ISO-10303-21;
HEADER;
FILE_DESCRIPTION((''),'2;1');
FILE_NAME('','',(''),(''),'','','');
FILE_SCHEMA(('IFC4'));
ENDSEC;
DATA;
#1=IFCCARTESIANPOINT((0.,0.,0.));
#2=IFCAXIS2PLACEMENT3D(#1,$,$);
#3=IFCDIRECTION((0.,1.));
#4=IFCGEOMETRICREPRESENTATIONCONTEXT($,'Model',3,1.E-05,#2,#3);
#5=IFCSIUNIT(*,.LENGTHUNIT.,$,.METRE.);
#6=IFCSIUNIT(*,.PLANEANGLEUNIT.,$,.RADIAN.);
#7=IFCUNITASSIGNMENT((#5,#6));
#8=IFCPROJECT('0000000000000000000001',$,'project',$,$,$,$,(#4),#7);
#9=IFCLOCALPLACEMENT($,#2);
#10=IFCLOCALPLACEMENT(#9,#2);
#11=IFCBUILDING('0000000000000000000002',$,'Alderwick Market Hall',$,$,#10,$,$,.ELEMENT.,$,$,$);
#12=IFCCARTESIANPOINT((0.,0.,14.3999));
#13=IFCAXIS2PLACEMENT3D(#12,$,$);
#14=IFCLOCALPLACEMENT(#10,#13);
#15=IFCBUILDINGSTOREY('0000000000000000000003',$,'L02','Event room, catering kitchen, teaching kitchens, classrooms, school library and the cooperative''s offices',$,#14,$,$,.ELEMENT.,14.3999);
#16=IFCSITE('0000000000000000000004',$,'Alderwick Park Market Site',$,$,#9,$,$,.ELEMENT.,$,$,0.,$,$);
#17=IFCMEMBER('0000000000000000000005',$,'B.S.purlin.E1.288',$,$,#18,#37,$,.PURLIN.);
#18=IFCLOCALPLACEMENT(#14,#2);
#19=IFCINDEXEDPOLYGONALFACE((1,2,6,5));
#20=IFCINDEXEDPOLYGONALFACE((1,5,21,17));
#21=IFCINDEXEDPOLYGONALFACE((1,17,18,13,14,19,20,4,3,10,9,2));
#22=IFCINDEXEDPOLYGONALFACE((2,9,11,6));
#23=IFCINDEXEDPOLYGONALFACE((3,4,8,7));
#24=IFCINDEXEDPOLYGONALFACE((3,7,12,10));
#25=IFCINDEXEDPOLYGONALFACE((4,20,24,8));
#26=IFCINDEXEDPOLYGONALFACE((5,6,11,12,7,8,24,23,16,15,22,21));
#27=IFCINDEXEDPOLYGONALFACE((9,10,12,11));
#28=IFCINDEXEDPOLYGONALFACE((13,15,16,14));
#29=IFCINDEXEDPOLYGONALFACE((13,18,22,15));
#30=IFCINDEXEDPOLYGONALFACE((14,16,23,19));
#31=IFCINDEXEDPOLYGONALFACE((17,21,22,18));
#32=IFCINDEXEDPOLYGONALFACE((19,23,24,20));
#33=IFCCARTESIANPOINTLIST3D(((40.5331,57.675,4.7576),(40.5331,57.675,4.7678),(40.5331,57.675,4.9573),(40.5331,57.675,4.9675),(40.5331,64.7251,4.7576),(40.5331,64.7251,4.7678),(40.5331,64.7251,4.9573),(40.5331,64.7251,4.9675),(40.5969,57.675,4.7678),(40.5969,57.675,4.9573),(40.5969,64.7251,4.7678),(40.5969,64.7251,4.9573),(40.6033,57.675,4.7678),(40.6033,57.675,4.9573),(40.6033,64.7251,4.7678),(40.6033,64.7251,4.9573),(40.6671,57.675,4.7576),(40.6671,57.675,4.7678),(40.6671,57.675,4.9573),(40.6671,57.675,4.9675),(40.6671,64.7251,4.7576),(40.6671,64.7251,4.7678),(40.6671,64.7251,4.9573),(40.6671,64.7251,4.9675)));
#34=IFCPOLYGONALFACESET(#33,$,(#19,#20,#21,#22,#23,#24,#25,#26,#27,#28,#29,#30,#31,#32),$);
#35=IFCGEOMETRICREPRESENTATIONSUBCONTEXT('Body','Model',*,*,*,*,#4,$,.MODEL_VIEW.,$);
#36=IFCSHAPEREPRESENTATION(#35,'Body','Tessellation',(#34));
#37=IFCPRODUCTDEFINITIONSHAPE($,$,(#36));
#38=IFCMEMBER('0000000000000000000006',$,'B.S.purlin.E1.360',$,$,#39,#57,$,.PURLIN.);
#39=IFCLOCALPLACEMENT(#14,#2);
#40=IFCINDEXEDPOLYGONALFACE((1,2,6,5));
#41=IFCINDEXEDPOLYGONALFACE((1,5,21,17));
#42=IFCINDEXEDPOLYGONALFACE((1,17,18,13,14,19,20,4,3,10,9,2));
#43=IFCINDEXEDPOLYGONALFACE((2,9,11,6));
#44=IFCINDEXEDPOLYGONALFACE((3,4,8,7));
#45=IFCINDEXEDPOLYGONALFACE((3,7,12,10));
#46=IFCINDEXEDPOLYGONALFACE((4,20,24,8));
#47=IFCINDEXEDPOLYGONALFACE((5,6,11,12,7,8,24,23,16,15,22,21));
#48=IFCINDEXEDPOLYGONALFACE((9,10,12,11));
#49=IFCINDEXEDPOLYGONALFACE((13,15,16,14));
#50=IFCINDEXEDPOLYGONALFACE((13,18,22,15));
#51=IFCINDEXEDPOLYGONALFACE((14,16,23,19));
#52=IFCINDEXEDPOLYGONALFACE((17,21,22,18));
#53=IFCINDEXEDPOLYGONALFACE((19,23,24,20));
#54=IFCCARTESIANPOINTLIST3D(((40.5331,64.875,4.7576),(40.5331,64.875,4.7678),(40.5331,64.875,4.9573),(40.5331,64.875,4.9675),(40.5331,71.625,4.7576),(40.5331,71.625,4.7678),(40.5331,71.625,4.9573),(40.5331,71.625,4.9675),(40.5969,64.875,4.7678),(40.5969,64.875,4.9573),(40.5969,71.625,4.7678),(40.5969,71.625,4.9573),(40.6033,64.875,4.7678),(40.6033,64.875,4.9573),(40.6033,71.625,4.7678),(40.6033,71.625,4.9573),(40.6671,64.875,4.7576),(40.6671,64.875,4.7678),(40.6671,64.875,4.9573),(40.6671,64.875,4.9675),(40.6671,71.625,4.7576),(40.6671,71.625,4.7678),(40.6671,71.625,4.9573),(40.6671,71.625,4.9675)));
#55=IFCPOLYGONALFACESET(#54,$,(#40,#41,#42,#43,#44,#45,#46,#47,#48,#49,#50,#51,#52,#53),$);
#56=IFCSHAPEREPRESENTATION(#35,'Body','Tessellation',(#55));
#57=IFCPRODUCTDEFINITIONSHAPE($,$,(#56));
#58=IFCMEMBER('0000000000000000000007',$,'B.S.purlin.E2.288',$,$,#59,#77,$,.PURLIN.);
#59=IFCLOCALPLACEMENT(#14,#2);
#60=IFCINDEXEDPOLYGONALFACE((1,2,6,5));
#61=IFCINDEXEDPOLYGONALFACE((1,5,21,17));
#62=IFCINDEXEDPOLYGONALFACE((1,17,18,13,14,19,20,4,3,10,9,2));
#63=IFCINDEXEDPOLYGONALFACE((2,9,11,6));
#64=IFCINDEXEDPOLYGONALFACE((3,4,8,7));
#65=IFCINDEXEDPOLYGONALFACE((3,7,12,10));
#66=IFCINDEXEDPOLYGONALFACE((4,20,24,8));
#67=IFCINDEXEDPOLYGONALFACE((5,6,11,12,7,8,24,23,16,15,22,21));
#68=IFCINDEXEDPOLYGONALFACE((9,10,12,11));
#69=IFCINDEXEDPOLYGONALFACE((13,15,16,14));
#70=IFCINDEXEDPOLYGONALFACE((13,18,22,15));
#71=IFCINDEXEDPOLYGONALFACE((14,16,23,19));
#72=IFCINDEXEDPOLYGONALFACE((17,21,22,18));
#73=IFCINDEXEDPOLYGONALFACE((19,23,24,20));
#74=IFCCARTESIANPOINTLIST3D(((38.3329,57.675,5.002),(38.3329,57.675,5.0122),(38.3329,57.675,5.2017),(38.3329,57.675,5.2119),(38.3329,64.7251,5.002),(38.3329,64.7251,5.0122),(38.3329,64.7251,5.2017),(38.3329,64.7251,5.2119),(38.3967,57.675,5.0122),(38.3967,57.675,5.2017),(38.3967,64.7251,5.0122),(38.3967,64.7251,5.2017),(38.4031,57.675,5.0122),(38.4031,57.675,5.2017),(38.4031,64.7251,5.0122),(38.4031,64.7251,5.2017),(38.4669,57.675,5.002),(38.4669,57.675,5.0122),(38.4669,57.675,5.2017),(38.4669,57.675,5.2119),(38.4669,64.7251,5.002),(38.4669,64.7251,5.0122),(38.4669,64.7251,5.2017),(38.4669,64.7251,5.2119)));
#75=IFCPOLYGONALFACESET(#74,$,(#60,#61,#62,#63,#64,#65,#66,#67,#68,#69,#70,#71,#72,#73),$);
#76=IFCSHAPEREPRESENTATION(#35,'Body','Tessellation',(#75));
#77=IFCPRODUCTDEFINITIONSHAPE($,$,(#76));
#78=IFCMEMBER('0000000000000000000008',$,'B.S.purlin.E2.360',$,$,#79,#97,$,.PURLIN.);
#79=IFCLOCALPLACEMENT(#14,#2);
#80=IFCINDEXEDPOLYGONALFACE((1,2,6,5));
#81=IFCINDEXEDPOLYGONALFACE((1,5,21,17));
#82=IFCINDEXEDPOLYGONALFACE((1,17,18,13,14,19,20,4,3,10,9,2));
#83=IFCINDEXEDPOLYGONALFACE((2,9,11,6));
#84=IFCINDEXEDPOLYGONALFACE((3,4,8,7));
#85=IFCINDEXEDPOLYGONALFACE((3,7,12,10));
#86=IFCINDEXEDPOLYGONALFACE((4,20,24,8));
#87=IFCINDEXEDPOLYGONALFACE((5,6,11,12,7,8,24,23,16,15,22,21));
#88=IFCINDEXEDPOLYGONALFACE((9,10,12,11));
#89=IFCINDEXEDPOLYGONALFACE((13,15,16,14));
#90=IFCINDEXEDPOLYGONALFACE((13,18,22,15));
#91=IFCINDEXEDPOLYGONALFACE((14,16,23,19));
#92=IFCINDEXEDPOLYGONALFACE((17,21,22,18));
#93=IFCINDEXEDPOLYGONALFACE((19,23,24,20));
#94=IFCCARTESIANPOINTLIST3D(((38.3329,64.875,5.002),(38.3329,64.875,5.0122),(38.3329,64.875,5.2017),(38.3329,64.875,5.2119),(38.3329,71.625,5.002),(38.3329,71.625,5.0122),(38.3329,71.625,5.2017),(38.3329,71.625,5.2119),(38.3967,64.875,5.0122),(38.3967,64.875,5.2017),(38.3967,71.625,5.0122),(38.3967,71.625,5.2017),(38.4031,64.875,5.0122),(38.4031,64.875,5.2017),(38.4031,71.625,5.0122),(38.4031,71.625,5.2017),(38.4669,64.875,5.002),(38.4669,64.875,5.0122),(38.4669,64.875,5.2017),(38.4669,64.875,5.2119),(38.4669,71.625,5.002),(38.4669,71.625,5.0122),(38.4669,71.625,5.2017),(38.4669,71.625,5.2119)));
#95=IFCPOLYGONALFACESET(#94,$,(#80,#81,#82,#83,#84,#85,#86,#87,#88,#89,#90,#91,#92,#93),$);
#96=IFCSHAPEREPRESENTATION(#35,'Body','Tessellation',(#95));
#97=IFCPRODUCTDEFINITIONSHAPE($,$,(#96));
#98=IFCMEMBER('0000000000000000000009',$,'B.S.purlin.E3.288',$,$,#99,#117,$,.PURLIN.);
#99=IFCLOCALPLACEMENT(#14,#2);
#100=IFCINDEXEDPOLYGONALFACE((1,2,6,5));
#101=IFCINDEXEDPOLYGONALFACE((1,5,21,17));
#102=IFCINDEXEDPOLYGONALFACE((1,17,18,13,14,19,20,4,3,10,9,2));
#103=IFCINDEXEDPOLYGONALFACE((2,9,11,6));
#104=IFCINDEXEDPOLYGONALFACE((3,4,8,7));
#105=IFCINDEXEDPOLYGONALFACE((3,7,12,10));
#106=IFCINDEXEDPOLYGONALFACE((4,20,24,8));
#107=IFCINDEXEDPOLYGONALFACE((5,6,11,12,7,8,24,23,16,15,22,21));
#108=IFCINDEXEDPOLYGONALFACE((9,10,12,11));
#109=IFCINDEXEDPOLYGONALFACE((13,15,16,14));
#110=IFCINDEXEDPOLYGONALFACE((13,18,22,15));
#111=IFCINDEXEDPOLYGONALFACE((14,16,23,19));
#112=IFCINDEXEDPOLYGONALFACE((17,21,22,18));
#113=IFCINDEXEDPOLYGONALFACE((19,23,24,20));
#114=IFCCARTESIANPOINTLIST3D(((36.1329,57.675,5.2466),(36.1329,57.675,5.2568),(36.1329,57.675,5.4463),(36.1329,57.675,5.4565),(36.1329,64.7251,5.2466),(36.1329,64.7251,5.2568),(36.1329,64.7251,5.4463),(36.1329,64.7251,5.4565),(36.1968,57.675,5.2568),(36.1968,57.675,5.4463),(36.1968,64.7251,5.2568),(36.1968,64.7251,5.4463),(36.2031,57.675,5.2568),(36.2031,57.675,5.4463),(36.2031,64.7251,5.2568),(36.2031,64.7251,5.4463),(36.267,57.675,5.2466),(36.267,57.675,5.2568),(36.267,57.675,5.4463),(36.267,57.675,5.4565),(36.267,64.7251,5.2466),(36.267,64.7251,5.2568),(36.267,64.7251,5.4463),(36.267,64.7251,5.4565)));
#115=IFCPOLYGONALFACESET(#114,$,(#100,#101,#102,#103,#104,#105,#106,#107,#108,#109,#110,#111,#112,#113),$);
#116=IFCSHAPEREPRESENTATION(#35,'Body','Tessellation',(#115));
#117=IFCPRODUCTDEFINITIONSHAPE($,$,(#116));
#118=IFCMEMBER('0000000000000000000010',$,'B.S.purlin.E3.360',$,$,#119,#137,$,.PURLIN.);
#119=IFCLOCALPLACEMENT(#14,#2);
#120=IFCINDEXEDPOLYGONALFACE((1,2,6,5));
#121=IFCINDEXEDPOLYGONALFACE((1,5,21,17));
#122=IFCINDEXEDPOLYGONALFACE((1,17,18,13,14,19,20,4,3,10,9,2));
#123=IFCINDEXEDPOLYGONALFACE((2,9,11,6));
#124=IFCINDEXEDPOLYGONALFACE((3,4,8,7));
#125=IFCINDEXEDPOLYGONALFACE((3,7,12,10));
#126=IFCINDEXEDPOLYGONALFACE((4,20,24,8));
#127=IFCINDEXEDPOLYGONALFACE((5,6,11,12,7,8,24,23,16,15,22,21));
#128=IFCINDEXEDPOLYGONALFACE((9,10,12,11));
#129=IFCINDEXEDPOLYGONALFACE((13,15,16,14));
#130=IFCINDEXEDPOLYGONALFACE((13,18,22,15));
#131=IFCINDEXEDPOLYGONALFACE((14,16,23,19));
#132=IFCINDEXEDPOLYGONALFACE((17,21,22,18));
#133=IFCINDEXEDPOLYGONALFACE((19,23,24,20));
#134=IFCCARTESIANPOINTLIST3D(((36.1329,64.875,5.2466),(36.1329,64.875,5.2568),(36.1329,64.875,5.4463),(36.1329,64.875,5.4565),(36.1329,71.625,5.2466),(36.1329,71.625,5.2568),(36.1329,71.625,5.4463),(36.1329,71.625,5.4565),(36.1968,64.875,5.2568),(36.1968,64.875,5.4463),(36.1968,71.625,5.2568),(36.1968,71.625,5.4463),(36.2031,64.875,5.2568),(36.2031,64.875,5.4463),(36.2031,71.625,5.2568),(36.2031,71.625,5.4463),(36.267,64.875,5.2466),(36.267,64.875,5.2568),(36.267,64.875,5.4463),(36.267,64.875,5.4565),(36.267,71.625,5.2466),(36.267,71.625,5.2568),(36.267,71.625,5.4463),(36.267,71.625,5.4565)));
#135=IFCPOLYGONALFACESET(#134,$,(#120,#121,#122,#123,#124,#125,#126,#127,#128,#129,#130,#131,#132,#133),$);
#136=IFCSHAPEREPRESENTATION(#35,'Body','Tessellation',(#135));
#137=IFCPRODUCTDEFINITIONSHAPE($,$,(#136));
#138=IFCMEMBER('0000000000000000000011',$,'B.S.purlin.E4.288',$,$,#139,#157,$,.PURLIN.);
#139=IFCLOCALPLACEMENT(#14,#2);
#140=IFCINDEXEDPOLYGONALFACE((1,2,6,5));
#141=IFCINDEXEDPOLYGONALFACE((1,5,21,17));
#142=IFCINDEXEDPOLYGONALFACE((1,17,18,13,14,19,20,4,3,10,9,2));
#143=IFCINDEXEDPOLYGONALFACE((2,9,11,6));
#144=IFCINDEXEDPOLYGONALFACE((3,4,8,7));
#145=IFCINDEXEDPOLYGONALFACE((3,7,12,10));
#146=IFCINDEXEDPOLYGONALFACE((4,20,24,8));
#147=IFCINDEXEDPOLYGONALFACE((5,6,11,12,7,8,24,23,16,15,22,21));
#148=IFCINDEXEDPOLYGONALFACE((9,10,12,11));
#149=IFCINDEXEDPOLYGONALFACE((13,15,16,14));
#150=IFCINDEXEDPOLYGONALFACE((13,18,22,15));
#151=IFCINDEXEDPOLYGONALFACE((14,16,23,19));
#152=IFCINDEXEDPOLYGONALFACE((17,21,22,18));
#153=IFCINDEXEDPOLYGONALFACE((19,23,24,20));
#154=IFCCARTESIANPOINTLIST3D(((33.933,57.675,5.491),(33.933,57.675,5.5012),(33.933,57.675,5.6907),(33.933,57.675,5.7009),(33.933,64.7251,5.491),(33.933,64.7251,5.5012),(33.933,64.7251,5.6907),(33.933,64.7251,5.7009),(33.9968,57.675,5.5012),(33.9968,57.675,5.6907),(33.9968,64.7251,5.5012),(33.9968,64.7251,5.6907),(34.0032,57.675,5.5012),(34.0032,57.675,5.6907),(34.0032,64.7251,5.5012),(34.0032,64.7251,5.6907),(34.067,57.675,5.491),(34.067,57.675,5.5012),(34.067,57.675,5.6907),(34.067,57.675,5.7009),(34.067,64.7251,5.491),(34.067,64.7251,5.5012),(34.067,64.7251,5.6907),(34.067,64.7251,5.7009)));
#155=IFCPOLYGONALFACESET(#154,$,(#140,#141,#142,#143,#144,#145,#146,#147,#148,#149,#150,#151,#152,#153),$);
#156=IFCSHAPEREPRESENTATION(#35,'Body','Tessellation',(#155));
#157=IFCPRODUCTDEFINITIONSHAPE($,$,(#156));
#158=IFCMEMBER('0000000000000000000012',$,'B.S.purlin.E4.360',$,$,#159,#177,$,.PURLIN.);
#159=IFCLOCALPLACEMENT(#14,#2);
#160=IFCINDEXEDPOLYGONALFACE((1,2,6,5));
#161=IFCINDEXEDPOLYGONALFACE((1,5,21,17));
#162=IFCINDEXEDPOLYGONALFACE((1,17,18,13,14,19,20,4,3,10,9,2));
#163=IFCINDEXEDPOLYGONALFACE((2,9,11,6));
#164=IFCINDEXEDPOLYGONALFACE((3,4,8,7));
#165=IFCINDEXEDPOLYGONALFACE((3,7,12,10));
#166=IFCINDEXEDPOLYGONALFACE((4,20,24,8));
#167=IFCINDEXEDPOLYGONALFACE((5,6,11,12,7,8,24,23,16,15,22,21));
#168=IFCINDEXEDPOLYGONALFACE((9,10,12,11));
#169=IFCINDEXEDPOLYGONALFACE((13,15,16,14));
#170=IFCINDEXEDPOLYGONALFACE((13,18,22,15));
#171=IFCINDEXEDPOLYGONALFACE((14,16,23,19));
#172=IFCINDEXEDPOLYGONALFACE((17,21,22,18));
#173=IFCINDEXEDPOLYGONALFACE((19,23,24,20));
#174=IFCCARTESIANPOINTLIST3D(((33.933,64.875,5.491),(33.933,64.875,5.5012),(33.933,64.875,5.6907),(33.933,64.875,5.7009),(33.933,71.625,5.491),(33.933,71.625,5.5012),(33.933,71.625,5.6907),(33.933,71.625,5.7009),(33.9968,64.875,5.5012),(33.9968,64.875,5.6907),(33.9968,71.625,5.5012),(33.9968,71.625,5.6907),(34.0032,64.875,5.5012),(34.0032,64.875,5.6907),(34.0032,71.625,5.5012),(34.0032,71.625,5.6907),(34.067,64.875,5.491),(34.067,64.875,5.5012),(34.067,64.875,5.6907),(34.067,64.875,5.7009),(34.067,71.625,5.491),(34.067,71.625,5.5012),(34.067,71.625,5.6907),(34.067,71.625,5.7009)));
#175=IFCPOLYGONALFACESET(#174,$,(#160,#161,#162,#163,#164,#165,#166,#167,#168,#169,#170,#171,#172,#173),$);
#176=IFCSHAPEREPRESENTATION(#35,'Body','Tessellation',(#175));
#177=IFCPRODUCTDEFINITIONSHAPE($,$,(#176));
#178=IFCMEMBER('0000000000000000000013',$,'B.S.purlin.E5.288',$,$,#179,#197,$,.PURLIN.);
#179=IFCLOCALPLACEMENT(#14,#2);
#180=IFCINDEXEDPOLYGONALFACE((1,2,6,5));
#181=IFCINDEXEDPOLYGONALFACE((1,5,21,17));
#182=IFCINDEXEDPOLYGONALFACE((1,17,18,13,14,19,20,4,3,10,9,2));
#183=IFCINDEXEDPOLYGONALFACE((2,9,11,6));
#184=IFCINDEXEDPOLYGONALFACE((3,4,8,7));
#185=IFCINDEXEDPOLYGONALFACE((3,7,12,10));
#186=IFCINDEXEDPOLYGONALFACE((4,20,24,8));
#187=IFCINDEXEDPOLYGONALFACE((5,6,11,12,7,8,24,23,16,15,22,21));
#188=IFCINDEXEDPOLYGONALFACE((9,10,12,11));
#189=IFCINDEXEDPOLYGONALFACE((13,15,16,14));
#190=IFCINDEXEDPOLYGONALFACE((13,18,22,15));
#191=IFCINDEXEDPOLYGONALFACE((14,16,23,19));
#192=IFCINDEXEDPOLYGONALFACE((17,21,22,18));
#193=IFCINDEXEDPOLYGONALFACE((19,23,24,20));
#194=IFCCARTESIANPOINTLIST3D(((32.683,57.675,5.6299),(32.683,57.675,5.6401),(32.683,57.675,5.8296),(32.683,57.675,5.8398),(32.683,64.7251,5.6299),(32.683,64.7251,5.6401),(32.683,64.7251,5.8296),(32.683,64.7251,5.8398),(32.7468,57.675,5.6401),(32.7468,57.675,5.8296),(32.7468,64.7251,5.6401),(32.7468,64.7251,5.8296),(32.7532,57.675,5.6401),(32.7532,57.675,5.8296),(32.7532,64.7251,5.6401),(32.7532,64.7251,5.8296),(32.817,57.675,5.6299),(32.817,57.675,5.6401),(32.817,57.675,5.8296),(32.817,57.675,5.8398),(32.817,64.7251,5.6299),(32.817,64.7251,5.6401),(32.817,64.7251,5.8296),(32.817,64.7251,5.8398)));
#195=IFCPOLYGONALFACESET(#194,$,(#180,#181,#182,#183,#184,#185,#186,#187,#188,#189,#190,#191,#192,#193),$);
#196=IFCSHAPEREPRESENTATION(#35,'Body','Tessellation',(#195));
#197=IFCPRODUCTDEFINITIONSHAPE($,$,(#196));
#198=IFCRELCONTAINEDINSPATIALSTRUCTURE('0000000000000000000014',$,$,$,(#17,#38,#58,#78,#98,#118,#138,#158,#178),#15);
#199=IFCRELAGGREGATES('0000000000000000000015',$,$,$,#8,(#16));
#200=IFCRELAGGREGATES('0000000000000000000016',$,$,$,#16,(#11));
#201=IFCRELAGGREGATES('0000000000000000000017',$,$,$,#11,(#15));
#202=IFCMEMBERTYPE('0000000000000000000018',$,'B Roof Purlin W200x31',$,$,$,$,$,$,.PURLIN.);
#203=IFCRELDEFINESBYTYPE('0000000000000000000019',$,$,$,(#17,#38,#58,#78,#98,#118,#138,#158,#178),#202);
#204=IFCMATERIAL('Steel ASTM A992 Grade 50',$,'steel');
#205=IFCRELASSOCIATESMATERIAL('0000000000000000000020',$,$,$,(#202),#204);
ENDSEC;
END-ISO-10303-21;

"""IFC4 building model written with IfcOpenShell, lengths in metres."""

from ifc_helpers import new_model, si_unit, direction, frame, origin, origin_2d, place, context, subcontext, project, spatial, i_section, extrude, material, material_profile, profile_set, type_object, element, save


model = new_model("IFC4")

# Units and contexts
model_context = context("Model", 3, precision=1e-05, world=origin(), true_north=direction((0.0, 1.0)))
body_context = subcontext(model_context, "Body", "Model", "MODEL_VIEW")
ifc_project = project(units=[si_unit("LENGTHUNIT", "METRE"), si_unit("PLANEANGLEUNIT", "RADIAN")], contexts=[model_context])

# Site, building, storey
site_placement = place(None, origin())
site = spatial("IfcSite", under=ifc_project, at=site_placement, Name="Alderwick Park Market Site", CompositionType="ELEMENT", RefElevation=0.0)
building_placement = place(site_placement, origin())
building = spatial("IfcBuilding", under=site, at=building_placement, Name="Alderwick Market Hall", CompositionType="ELEMENT")
storey_placement = place(building_placement, frame((0.0, 0.0, 14.3999)))
storey = spatial("IfcBuildingStorey", under=building, at=storey_placement, Name="L02", Description="Event room, catering kitchen, teaching kitchens, classrooms, school library and the cooperative's offices", CompositionType="ELEMENT", Elevation=14.3999)

# Members
ifc_material_1 = material(Name="Steel ASTM A992 Grade 50", Category="steel")
ifc_material_profile_1 = material_profile(ifc_material_1, i_section(OverallWidth=0.134, OverallDepth=0.21, WebThickness=0.0063, FlangeThickness=0.0103, at=origin_2d()), Name="W200x31")
ifc_profile_set_1 = profile_set([ifc_material_profile_1], Name="Steel ASTM A992 Grade 50")
member_type = type_object("IfcMemberType", Name="B Roof Purlin W200x31", PredefinedType="PURLIN", material=ifc_profile_set_1)
member_1_placement = place(storey_placement, frame((40.6001, 57.675, 4.8625), z_axis=(0.0, 1.0, 0.0), x_axis=(-1.0, 0.0, 0.0)))
element("IfcMember", 1, at=member_1_placement, inside=storey, type_object=member_type, Name="B.S.purlin.E1.288", PredefinedType="PURLIN", context=body_context, shape_type="SweptSolid", body=[
    extrude(i_section(OverallWidth=0.134, OverallDepth=0.21, WebThickness=0.0063, FlangeThickness=0.0103, at=origin_2d()), origin(), (0.0, 0.0, 1.0), 7.05),
])
member_2_placement = place(storey_placement, frame((40.6001, 64.875, 4.8625), z_axis=(0.0, 1.0, 0.0), x_axis=(-1.0, 0.0, 0.0)))
element("IfcMember", 2, at=member_2_placement, inside=storey, type_object=member_type, Name="B.S.purlin.E1.360", PredefinedType="PURLIN", context=body_context, shape_type="SweptSolid", body=[
    extrude(i_section(OverallWidth=0.134, OverallDepth=0.21, WebThickness=0.0063, FlangeThickness=0.0103, at=origin_2d()), origin(), (0.0, 0.0, 1.0), 6.75),
])
member_3_placement = place(storey_placement, frame((38.3999, 57.675, 5.1069), z_axis=(0.0, 1.0, 0.0), x_axis=(-1.0, 0.0, 0.0)))
element("IfcMember", 3, at=member_3_placement, inside=storey, type_object=member_type, Name="B.S.purlin.E2.288", PredefinedType="PURLIN", context=body_context, shape_type="SweptSolid", body=[
    extrude(i_section(OverallWidth=0.134, OverallDepth=0.21, WebThickness=0.0063, FlangeThickness=0.0103, at=origin_2d()), origin(), (0.0, 0.0, 1.0), 7.05),
])
member_4_placement = place(storey_placement, frame((38.3999, 64.875, 5.1069), z_axis=(0.0, 1.0, 0.0), x_axis=(-1.0, 0.0, 0.0)))
element("IfcMember", 4, at=member_4_placement, inside=storey, type_object=member_type, Name="B.S.purlin.E2.360", PredefinedType="PURLIN", context=body_context, shape_type="SweptSolid", body=[
    extrude(i_section(OverallWidth=0.134, OverallDepth=0.21, WebThickness=0.0063, FlangeThickness=0.0103, at=origin_2d()), origin(), (0.0, 0.0, 1.0), 6.75),
])
member_5_placement = place(storey_placement, frame((36.2, 57.675, 5.3516), z_axis=(0.0, 1.0, 0.0), x_axis=(-1.0, 0.0, 0.0)))
element("IfcMember", 5, at=member_5_placement, inside=storey, type_object=member_type, Name="B.S.purlin.E3.288", PredefinedType="PURLIN", context=body_context, shape_type="SweptSolid", body=[
    extrude(i_section(OverallWidth=0.134, OverallDepth=0.21, WebThickness=0.0063, FlangeThickness=0.0103, at=origin_2d()), origin(), (0.0, 0.0, 1.0), 7.05),
])
member_6_placement = place(storey_placement, frame((36.2, 64.875, 5.3516), z_axis=(0.0, 1.0, 0.0), x_axis=(-1.0, 0.0, 0.0)))
element("IfcMember", 6, at=member_6_placement, inside=storey, type_object=member_type, Name="B.S.purlin.E3.360", PredefinedType="PURLIN", context=body_context, shape_type="SweptSolid", body=[
    extrude(i_section(OverallWidth=0.134, OverallDepth=0.21, WebThickness=0.0063, FlangeThickness=0.0103, at=origin_2d()), origin(), (0.0, 0.0, 1.0), 6.75),
])
member_7_placement = place(storey_placement, frame((34.0, 57.675, 5.5959), z_axis=(0.0, 1.0, 0.0), x_axis=(-1.0, 0.0, 0.0)))
element("IfcMember", 7, at=member_7_placement, inside=storey, type_object=member_type, Name="B.S.purlin.E4.288", PredefinedType="PURLIN", context=body_context, shape_type="SweptSolid", body=[
    extrude(i_section(OverallWidth=0.134, OverallDepth=0.21, WebThickness=0.0063, FlangeThickness=0.0103, at=origin_2d()), origin(), (0.0, 0.0, 1.0), 7.05),
])
member_8_placement = place(storey_placement, frame((34.0, 64.875, 5.5959), z_axis=(0.0, 1.0, 0.0), x_axis=(-1.0, 0.0, 0.0)))
element("IfcMember", 8, at=member_8_placement, inside=storey, type_object=member_type, Name="B.S.purlin.E4.360", PredefinedType="PURLIN", context=body_context, shape_type="SweptSolid", body=[
    extrude(i_section(OverallWidth=0.134, OverallDepth=0.21, WebThickness=0.0063, FlangeThickness=0.0103, at=origin_2d()), origin(), (0.0, 0.0, 1.0), 6.75),
])
member_9_placement = place(storey_placement, frame((32.75, 57.675, 5.7349), z_axis=(0.0, 1.0, 0.0), x_axis=(-1.0, 0.0, 0.0)))
element("IfcMember", 9, at=member_9_placement, inside=storey, type_object=member_type, Name="B.S.purlin.E5.288", PredefinedType="PURLIN", context=body_context, shape_type="SweptSolid", body=[
    extrude(i_section(OverallWidth=0.134, OverallDepth=0.21, WebThickness=0.0063, FlangeThickness=0.0103, at=origin_2d()), origin(), (0.0, 0.0, 1.0), 7.05),
])

save(model, "model.ifc")
